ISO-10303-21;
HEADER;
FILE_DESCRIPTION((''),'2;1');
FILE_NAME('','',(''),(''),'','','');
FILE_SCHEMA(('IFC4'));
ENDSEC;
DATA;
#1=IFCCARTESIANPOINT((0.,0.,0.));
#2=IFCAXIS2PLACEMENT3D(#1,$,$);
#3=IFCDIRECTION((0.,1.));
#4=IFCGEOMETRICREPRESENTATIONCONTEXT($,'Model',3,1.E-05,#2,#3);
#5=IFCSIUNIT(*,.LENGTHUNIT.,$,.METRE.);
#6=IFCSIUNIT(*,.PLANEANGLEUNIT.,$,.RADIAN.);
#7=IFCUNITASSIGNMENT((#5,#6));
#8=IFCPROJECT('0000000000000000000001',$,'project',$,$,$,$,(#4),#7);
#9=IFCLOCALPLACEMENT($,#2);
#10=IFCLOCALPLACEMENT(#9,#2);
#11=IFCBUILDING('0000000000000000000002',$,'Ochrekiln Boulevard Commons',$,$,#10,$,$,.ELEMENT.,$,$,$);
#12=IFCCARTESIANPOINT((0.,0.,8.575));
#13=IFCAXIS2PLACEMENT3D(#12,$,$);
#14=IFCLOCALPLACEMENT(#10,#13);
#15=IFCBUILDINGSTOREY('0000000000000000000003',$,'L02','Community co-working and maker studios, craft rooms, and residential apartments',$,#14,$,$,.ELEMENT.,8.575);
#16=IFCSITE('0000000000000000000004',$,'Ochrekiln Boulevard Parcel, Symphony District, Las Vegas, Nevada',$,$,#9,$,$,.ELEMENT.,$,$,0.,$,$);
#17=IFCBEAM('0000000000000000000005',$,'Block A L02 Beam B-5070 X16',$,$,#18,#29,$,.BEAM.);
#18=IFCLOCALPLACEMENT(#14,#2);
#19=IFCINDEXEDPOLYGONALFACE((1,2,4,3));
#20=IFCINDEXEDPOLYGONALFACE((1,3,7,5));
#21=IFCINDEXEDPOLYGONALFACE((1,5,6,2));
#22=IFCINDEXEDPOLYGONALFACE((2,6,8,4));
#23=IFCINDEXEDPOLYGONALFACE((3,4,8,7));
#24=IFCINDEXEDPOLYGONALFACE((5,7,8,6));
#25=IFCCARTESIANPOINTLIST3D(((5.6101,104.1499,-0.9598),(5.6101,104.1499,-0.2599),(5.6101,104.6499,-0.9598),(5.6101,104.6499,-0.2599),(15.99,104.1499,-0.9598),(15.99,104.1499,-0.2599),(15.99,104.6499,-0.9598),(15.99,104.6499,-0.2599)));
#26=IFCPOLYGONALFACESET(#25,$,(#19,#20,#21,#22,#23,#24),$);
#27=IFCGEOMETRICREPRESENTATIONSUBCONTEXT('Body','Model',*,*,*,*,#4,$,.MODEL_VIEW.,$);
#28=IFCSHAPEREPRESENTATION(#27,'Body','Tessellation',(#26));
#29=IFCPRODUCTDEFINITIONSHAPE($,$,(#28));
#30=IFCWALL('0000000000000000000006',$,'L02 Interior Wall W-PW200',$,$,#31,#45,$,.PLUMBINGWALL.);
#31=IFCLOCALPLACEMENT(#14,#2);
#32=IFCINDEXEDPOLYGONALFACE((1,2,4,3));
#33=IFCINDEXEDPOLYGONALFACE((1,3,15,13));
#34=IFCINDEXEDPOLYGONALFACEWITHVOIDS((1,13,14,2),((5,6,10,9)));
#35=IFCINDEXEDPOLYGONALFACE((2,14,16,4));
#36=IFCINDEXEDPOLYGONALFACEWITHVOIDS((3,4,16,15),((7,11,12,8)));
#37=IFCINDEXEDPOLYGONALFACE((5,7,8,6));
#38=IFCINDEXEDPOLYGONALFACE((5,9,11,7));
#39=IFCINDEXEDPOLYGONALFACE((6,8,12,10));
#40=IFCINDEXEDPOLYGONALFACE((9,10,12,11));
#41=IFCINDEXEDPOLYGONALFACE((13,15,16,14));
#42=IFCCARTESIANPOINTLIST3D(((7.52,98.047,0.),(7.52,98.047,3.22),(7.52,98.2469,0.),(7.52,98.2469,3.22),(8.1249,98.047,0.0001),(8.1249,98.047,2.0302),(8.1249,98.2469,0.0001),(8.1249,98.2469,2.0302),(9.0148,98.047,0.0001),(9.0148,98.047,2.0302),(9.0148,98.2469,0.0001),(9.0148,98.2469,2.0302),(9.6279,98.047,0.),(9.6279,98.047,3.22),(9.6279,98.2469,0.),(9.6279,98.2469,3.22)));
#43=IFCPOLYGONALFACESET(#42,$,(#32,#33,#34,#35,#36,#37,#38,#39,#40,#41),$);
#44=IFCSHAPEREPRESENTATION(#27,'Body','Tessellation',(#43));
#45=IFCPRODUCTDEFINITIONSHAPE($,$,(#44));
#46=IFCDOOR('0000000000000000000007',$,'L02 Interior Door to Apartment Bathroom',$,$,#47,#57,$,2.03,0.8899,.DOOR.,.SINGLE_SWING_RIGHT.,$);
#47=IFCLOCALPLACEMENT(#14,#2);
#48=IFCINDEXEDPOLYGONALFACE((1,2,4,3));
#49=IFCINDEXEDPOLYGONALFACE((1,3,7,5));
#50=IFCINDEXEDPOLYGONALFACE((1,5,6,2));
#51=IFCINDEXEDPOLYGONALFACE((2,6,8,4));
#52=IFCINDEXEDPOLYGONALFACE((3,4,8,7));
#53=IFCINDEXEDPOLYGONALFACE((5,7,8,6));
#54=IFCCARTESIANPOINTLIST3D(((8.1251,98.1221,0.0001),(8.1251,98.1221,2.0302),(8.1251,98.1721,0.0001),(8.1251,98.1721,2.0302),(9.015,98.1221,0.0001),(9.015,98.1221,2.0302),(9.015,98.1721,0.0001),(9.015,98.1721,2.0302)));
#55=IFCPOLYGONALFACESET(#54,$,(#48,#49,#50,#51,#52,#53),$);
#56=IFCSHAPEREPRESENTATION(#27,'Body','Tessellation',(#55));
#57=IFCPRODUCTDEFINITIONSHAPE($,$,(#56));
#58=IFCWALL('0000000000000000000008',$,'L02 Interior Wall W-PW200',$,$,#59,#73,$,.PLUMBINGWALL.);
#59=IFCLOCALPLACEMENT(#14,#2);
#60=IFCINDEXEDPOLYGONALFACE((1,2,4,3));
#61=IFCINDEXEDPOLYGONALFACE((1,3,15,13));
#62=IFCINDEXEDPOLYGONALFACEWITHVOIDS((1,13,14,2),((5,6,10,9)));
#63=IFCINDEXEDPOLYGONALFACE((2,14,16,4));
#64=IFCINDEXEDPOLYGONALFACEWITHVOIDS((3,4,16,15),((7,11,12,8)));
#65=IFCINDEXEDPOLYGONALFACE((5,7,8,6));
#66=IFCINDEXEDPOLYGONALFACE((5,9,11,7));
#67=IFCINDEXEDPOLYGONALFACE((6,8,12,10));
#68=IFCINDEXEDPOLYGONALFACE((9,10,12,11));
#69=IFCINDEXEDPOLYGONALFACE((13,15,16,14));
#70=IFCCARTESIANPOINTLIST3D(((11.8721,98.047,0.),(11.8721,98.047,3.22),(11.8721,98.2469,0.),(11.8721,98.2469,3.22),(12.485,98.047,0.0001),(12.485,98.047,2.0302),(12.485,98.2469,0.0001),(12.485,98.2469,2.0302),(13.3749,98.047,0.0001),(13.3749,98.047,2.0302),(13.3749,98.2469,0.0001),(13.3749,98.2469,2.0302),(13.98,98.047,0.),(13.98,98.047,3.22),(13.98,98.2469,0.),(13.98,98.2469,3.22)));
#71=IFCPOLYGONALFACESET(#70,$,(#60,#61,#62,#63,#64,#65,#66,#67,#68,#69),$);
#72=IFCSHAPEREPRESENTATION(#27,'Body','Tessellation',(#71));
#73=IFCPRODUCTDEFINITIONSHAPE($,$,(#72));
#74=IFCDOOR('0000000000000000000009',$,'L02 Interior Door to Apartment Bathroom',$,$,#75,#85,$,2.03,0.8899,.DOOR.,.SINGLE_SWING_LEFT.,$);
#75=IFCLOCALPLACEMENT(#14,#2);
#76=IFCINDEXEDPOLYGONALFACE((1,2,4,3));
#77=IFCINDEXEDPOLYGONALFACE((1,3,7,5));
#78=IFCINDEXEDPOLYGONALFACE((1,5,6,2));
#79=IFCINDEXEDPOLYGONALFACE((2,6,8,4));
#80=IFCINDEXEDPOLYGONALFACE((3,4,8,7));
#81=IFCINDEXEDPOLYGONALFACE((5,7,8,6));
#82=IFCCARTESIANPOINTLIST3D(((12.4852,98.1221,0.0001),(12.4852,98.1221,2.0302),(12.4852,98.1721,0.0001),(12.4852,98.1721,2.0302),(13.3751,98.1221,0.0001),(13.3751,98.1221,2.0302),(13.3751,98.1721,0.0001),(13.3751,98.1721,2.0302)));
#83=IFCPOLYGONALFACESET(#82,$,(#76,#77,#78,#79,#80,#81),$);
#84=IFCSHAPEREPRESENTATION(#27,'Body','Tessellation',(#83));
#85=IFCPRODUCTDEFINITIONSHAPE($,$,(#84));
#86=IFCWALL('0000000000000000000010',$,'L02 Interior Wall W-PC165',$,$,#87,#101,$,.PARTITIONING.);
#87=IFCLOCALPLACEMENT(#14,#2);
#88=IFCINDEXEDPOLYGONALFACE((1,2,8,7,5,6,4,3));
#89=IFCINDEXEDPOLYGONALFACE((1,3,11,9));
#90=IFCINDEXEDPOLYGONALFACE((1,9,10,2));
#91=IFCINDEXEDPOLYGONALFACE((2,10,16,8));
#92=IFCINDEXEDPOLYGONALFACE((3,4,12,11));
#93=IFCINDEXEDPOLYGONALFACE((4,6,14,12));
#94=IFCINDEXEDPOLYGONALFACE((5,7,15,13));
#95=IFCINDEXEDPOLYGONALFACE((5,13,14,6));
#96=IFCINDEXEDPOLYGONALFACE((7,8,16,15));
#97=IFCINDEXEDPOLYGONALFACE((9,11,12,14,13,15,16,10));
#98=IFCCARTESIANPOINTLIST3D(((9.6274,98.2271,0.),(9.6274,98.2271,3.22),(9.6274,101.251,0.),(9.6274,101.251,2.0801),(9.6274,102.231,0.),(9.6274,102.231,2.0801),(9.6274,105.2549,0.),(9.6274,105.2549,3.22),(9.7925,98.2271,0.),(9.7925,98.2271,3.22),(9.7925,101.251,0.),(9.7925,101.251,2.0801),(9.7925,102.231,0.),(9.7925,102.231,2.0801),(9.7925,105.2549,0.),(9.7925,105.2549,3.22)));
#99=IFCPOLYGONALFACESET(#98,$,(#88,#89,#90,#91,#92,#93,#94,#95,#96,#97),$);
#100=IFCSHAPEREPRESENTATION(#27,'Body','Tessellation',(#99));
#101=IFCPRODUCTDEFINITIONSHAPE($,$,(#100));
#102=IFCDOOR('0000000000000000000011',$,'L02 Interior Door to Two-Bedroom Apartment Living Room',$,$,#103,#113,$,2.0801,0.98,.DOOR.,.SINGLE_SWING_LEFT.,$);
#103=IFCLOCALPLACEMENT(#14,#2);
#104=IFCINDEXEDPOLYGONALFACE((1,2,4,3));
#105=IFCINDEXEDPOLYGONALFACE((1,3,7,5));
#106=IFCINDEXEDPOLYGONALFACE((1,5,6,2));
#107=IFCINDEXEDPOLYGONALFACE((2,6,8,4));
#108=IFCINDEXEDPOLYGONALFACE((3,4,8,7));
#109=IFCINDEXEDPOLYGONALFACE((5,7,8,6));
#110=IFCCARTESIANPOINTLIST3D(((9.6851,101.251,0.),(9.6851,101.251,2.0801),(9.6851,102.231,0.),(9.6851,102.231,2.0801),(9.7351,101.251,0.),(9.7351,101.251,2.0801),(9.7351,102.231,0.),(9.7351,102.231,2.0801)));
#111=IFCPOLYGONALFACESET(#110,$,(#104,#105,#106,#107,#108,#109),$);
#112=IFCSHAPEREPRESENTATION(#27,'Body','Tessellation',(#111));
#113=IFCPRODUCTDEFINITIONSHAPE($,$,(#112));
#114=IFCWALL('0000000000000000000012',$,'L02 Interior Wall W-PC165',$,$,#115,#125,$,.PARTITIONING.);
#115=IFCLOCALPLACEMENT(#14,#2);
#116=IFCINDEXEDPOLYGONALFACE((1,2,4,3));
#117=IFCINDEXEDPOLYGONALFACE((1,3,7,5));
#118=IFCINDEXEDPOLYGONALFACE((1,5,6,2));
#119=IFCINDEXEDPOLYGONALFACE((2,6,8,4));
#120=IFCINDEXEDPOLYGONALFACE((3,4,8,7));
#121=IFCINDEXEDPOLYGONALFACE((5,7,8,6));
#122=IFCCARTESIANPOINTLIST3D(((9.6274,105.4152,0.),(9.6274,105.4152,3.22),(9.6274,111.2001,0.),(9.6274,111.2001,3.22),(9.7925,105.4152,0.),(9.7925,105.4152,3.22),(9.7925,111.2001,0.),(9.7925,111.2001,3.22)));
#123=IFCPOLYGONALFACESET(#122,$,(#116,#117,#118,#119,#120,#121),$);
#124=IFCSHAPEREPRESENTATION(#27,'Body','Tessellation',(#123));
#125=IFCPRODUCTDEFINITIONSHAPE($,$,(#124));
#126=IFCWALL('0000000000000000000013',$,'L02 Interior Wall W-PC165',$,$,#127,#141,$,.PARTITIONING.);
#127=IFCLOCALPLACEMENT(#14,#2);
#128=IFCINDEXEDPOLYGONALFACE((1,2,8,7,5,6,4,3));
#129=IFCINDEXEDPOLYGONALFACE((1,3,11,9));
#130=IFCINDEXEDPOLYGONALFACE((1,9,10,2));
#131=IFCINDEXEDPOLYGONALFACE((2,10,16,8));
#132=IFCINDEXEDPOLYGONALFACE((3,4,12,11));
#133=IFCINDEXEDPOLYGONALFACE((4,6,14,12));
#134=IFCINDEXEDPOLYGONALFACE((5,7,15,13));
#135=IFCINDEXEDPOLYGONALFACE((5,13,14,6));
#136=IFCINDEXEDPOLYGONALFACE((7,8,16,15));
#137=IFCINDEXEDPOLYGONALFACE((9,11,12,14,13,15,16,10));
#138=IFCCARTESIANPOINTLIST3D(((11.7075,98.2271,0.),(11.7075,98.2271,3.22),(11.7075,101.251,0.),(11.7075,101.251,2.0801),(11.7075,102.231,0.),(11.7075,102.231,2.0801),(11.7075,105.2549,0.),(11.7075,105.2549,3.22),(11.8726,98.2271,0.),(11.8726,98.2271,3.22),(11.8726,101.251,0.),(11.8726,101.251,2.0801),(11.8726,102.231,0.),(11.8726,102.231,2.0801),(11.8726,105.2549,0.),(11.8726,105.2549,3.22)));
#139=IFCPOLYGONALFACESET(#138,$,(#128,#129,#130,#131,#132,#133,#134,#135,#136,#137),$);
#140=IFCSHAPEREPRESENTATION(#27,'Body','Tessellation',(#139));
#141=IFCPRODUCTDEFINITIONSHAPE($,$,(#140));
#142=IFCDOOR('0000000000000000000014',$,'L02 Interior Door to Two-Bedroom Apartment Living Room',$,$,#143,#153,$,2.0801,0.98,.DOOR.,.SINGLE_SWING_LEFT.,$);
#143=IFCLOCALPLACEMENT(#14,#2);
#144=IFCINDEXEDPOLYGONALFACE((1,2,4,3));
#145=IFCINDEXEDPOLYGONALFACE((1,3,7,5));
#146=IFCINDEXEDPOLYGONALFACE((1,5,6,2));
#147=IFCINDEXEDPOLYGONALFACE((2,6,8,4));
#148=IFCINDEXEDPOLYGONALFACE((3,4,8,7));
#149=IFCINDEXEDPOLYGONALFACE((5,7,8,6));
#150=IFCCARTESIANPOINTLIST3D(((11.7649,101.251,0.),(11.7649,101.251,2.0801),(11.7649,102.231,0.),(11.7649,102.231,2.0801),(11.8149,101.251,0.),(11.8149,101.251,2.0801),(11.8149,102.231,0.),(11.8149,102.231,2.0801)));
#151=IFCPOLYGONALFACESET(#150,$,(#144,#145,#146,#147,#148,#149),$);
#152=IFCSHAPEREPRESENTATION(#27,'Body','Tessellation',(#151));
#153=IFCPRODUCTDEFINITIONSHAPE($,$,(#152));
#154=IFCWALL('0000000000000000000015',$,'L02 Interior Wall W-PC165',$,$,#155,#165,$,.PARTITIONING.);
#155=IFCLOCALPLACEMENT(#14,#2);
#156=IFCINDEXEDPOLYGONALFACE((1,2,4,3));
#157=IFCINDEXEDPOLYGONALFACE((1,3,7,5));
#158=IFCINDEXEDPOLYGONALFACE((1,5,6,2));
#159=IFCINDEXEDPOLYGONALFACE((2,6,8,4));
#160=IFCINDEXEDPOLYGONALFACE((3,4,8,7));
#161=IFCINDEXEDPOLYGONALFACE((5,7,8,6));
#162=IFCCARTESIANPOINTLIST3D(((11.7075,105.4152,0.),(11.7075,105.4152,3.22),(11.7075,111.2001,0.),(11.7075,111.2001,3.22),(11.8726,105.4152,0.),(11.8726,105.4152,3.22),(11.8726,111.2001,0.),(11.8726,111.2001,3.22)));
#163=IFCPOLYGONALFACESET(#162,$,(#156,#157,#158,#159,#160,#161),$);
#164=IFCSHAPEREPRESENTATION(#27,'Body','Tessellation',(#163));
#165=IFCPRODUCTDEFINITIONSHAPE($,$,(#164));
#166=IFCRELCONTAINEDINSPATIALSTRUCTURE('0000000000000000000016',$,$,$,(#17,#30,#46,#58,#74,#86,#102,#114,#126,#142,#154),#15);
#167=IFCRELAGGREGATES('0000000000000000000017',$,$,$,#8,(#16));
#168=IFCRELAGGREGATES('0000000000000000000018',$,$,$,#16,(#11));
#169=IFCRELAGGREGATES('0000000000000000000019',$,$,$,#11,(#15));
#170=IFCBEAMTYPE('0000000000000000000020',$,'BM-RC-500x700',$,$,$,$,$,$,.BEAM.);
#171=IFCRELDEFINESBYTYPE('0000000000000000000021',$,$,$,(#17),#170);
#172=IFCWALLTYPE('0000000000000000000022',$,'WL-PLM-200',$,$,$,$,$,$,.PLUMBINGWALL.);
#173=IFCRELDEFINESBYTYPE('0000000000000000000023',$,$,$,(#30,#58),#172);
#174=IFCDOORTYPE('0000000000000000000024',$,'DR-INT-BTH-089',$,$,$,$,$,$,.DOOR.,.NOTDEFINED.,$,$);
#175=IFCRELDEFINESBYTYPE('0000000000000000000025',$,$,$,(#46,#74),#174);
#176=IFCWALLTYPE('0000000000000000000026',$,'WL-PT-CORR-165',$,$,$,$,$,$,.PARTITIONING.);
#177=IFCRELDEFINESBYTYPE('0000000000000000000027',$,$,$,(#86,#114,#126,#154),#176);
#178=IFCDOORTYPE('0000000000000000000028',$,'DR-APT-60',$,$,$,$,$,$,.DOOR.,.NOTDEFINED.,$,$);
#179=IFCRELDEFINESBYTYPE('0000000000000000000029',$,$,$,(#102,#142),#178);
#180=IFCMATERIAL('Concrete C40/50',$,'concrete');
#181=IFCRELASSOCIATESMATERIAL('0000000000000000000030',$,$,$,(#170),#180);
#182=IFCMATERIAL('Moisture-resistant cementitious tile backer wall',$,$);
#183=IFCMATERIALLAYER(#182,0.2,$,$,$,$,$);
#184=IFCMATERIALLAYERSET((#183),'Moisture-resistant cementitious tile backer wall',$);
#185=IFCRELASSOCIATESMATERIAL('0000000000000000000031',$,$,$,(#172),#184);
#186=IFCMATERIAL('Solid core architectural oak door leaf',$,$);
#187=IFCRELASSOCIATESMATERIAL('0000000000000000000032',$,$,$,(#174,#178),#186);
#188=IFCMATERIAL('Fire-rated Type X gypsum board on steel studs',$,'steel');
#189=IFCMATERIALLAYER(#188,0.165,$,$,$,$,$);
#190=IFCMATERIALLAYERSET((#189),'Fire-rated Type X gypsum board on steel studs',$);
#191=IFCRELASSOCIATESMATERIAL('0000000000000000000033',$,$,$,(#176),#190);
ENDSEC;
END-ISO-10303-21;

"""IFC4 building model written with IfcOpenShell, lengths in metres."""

from ifc_helpers import new_model, si_unit, direction, frame, frame_2d, origin, origin_2d, place, context, subcontext, project, spatial, rectangle, extrude, material, layer, layer_set, material_profile, profile_set, type_object, element, fill, save


model = new_model("IFC4")

# Units and contexts
model_context = context("Model", 3, precision=1e-05, world=origin(), true_north=direction((0.0, 1.0)))
body_context = subcontext(model_context, "Body", "Model", "MODEL_VIEW")
ifc_project = project(units=[si_unit("LENGTHUNIT", "METRE"), si_unit("PLANEANGLEUNIT", "RADIAN")], contexts=[model_context])

# Site, building, storey
site_placement = place(None, origin())
site = spatial("IfcSite", under=ifc_project, at=site_placement, Name="Ochrekiln Boulevard Parcel, Symphony District, Las Vegas, Nevada", CompositionType="ELEMENT", RefElevation=0.0)
building_placement = place(site_placement, origin())
building = spatial("IfcBuilding", under=site, at=building_placement, Name="Ochrekiln Boulevard Commons", CompositionType="ELEMENT")
storey_placement = place(building_placement, frame((0.0, 0.0, 8.575)))
storey = spatial("IfcBuildingStorey", under=building, at=storey_placement, Name="L02", Description="Community co-working and maker studios, craft rooms, and residential apartments", CompositionType="ELEMENT", Elevation=8.575)

# Beam
ifc_material_1 = material(Name="Concrete C40/50", Category="concrete")
ifc_material_profile = material_profile(ifc_material_1, rectangle(XDim=0.5, YDim=0.7, at=origin_2d()), Name="RC-BM-500x700")
ifc_profile_set = profile_set([ifc_material_profile], Name="Concrete C40/50")
beam_type = type_object("IfcBeamType", Name="BM-RC-500x700", PredefinedType="BEAM", material=ifc_profile_set)
beam_placement = place(storey_placement, frame((5.6101, 104.3999, -0.6099), z_axis=(1.0, 0.0, 0.0), x_axis=(0.0, 1.0, 0.0)))
element("IfcBeam", 1, at=beam_placement, inside=storey, type_object=beam_type, Name="Block A L02 Beam B-5070 X16", PredefinedType="BEAM", context=body_context, shape_type="SweptSolid", body=[
    extrude(rectangle(XDim=0.5, YDim=0.7, at=origin_2d()), origin(), (0.0, 0.0, 1.0), 10.3799),
])

# Walls, openings, doors
ifc_material_2 = material(Name="Moisture-resistant cementitious tile backer wall")
ifc_layer_1 = layer(ifc_material_2, 0.2)
ifc_layer_set_1 = layer_set([ifc_layer_1], Name="Moisture-resistant cementitious tile backer wall")
wall_type_1 = type_object("IfcWallType", Name="WL-PLM-200", PredefinedType="PLUMBINGWALL", material=ifc_layer_set_1)
wall_1_placement = place(storey_placement, frame((7.52, 98.147, 0.0), z_axis=(0.0, 0.0, 1.0), x_axis=(1.0, 0.0, 0.0)))
wall_1 = element("IfcWall", 2, at=wall_1_placement, inside=storey, type_object=wall_type_1, Name="L02 Interior Wall W-PW200", PredefinedType="PLUMBINGWALL", context=body_context, shape_type="SweptSolid", body=[
    extrude(rectangle(XDim=2.1079, YDim=0.2, at=frame_2d((1.054, 0.0))), origin(), (0.0, 0.0, 1.0), 3.22),
])
opening_1_placement = place(wall_1_placement, frame((0.605, 0.0, 0.0)))
opening_1 = element("IfcOpeningElement", 3, at=opening_1_placement, cuts=wall_1, PredefinedType="OPENING", context=body_context, shape_type="SweptSolid", body=[
    extrude(rectangle(XDim=0.8899, YDim=2.03, at=frame_2d((0.4448, 1.0151))), frame((0.0, 0.1099, 0.0), z_axis=(0.0, -1.0, 0.0), x_axis=(1.0, 0.0, 0.0)), (0.0, 0.0, 1.0), 0.22),
])
ifc_material_3 = material(Name="Solid core architectural oak door leaf")
door_type_1 = type_object("IfcDoorType", Name="DR-INT-BTH-089", OperationType="NOTDEFINED", PredefinedType="DOOR", material=ifc_material_3)
door_1_placement = place(opening_1_placement, frame((0.8899, 0.0, 0.0), z_axis=(0.0, 0.0, 1.0), x_axis=(-1.0, 0.0, 0.0)))
door_1 = element("IfcDoor", 4, at=door_1_placement, inside=storey, type_object=door_type_1, Name="L02 Interior Door to Apartment Bathroom", OperationType="SINGLE_SWING_RIGHT", OverallHeight=2.03, OverallWidth=0.8899, PredefinedType="DOOR", context=body_context, shape_type="SweptSolid", body=[
    extrude(rectangle(XDim=0.8899, YDim=2.03, at=frame_2d((0.4448, 1.0151))), frame((0.0, 0.0249, 0.0), z_axis=(0.0, -1.0, 0.0), x_axis=(1.0, 0.0, 0.0)), (0.0, 0.0, 1.0), 0.05),
])
fill(opening_1, door_1)
wall_2_placement = place(storey_placement, frame((11.8721, 98.147, 0.0), z_axis=(0.0, 0.0, 1.0), x_axis=(1.0, 0.0, 0.0)))
wall_2 = element("IfcWall", 5, at=wall_2_placement, inside=storey, type_object=wall_type_1, Name="L02 Interior Wall W-PW200", PredefinedType="PLUMBINGWALL", context=body_context, shape_type="SweptSolid", body=[
    extrude(rectangle(XDim=2.1079, YDim=0.2, at=frame_2d((1.054, 0.0))), origin(), (0.0, 0.0, 1.0), 3.22),
])
opening_2_placement = place(wall_2_placement, frame((0.613, 0.0, 0.0)))
opening_2 = element("IfcOpeningElement", 6, at=opening_2_placement, cuts=wall_2, PredefinedType="OPENING", context=body_context, shape_type="SweptSolid", body=[
    extrude(rectangle(XDim=0.8899, YDim=2.03, at=frame_2d((0.4448, 1.0151))), frame((0.0, 0.1099, 0.0), z_axis=(0.0, -1.0, 0.0), x_axis=(1.0, 0.0, 0.0)), (0.0, 0.0, 1.0), 0.22),
])
door_2_placement = place(opening_2_placement, frame((0.8899, 0.0, 0.0), z_axis=(0.0, 0.0, 1.0), x_axis=(-1.0, 0.0, 0.0)))
door_2 = element("IfcDoor", 7, at=door_2_placement, inside=storey, type_object=door_type_1, Name="L02 Interior Door to Apartment Bathroom", OperationType="SINGLE_SWING_LEFT", OverallHeight=2.03, OverallWidth=0.8899, PredefinedType="DOOR", context=body_context, shape_type="SweptSolid", body=[
    extrude(rectangle(XDim=0.8899, YDim=2.03, at=frame_2d((0.4448, 1.0151))), frame((0.0, 0.0249, 0.0), z_axis=(0.0, -1.0, 0.0), x_axis=(1.0, 0.0, 0.0)), (0.0, 0.0, 1.0), 0.05),
])
fill(opening_2, door_2)
ifc_material_4 = material(Name="Fire-rated Type X gypsum board on steel studs", Category="steel")
ifc_layer_2 = layer(ifc_material_4, 0.165)
ifc_layer_set_2 = layer_set([ifc_layer_2], Name="Fire-rated Type X gypsum board on steel studs")
wall_type_2 = type_object("IfcWallType", Name="WL-PT-CORR-165", PredefinedType="PARTITIONING", material=ifc_layer_set_2)
wall_3_placement = place(storey_placement, frame((9.71, 98.2271, 0.0), z_axis=(0.0, 0.0, 1.0), x_axis=(0.0, 1.0, 0.0)))
wall_3 = element("IfcWall", 8, at=wall_3_placement, inside=storey, type_object=wall_type_2, Name="L02 Interior Wall W-PC165", PredefinedType="PARTITIONING", context=body_context, shape_type="SweptSolid", body=[
    extrude(rectangle(XDim=7.0278, YDim=0.165, at=frame_2d((3.5139, 0.0))), origin(), (0.0, 0.0, 1.0), 3.22),
])
opening_3_placement = place(wall_3_placement, frame((3.0239, 0.0, 0.0)))
opening_3 = element("IfcOpeningElement", 9, at=opening_3_placement, cuts=wall_3, PredefinedType="OPENING", context=body_context, shape_type="SweptSolid", body=[
    extrude(rectangle(XDim=0.98, YDim=2.0801, at=frame_2d((0.49, 1.04))), frame((0.0, 0.0925, 0.0), z_axis=(0.0, -1.0, 0.0), x_axis=(1.0, 0.0, 0.0)), (0.0, 0.0, 1.0), 0.1851),
])
door_type_2 = type_object("IfcDoorType", Name="DR-APT-60", OperationType="NOTDEFINED", PredefinedType="DOOR", material=ifc_material_3)
door_3_placement = place(opening_3_placement, origin())
door_3 = element("IfcDoor", 10, at=door_3_placement, inside=storey, type_object=door_type_2, Name="L02 Interior Door to Two-Bedroom Apartment Living Room", OperationType="SINGLE_SWING_LEFT", OverallHeight=2.0801, OverallWidth=0.98, PredefinedType="DOOR", context=body_context, shape_type="SweptSolid", body=[
    extrude(rectangle(XDim=0.98, YDim=2.0801, at=frame_2d((0.49, 1.04))), frame((0.0, 0.0249, 0.0), z_axis=(0.0, -1.0, 0.0), x_axis=(1.0, 0.0, 0.0)), (0.0, 0.0, 1.0), 0.05),
])
fill(opening_3, door_3)

# Wall
wall_4_placement = place(storey_placement, frame((9.71, 105.415, 0.0), z_axis=(0.0, 0.0, 1.0), x_axis=(0.0, 1.0, 0.0)))
element("IfcWall", 11, at=wall_4_placement, inside=storey, type_object=wall_type_2, Name="L02 Interior Wall W-PC165", PredefinedType="PARTITIONING", context=body_context, shape_type="SweptSolid", body=[
    extrude(rectangle(XDim=5.7849, YDim=0.165, at=frame_2d((2.8926, 0.0))), origin(), (0.0, 0.0, 1.0), 3.22),
])

# Wall, opening, door
wall_5_placement = place(storey_placement, frame((11.79, 98.2271, 0.0), z_axis=(0.0, 0.0, 1.0), x_axis=(0.0, 1.0, 0.0)))
wall_5 = element("IfcWall", 12, at=wall_5_placement, inside=storey, type_object=wall_type_2, Name="L02 Interior Wall W-PC165", PredefinedType="PARTITIONING", context=body_context, shape_type="SweptSolid", body=[
    extrude(rectangle(XDim=7.0278, YDim=0.165, at=frame_2d((3.5139, 0.0))), origin(), (0.0, 0.0, 1.0), 3.22),
])
opening_4_placement = place(wall_5_placement, frame((3.0239, 0.0, 0.0)))
opening_4 = element("IfcOpeningElement", 13, at=opening_4_placement, cuts=wall_5, PredefinedType="OPENING", context=body_context, shape_type="SweptSolid", body=[
    extrude(rectangle(XDim=0.98, YDim=2.0801, at=frame_2d((0.49, 1.04))), frame((0.0, 0.0925, 0.0), z_axis=(0.0, -1.0, 0.0), x_axis=(1.0, 0.0, 0.0)), (0.0, 0.0, 1.0), 0.1851),
])
door_4_placement = place(opening_4_placement, frame((0.98, 0.0, 0.0), z_axis=(0.0, 0.0, 1.0), x_axis=(-1.0, 0.0, 0.0)))
door_4 = element("IfcDoor", 14, at=door_4_placement, inside=storey, type_object=door_type_2, Name="L02 Interior Door to Two-Bedroom Apartment Living Room", OperationType="SINGLE_SWING_LEFT", OverallHeight=2.0801, OverallWidth=0.98, PredefinedType="DOOR", context=body_context, shape_type="SweptSolid", body=[
    extrude(rectangle(XDim=0.98, YDim=2.0801, at=frame_2d((0.49, 1.04))), frame((0.0, 0.0249, 0.0), z_axis=(0.0, -1.0, 0.0), x_axis=(1.0, 0.0, 0.0)), (0.0, 0.0, 1.0), 0.05),
])
fill(opening_4, door_4)

# Wall
wall_6_placement = place(storey_placement, frame((11.79, 105.415, 0.0), z_axis=(0.0, 0.0, 1.0), x_axis=(0.0, 1.0, 0.0)))
element("IfcWall", 15, at=wall_6_placement, inside=storey, type_object=wall_type_2, Name="L02 Interior Wall W-PC165", PredefinedType="PARTITIONING", context=body_context, shape_type="SweptSolid", body=[
    extrude(rectangle(XDim=5.7849, YDim=0.165, at=frame_2d((2.8926, 0.0))), origin(), (0.0, 0.0, 1.0), 3.22),
])

save(model, "model.ifc")
